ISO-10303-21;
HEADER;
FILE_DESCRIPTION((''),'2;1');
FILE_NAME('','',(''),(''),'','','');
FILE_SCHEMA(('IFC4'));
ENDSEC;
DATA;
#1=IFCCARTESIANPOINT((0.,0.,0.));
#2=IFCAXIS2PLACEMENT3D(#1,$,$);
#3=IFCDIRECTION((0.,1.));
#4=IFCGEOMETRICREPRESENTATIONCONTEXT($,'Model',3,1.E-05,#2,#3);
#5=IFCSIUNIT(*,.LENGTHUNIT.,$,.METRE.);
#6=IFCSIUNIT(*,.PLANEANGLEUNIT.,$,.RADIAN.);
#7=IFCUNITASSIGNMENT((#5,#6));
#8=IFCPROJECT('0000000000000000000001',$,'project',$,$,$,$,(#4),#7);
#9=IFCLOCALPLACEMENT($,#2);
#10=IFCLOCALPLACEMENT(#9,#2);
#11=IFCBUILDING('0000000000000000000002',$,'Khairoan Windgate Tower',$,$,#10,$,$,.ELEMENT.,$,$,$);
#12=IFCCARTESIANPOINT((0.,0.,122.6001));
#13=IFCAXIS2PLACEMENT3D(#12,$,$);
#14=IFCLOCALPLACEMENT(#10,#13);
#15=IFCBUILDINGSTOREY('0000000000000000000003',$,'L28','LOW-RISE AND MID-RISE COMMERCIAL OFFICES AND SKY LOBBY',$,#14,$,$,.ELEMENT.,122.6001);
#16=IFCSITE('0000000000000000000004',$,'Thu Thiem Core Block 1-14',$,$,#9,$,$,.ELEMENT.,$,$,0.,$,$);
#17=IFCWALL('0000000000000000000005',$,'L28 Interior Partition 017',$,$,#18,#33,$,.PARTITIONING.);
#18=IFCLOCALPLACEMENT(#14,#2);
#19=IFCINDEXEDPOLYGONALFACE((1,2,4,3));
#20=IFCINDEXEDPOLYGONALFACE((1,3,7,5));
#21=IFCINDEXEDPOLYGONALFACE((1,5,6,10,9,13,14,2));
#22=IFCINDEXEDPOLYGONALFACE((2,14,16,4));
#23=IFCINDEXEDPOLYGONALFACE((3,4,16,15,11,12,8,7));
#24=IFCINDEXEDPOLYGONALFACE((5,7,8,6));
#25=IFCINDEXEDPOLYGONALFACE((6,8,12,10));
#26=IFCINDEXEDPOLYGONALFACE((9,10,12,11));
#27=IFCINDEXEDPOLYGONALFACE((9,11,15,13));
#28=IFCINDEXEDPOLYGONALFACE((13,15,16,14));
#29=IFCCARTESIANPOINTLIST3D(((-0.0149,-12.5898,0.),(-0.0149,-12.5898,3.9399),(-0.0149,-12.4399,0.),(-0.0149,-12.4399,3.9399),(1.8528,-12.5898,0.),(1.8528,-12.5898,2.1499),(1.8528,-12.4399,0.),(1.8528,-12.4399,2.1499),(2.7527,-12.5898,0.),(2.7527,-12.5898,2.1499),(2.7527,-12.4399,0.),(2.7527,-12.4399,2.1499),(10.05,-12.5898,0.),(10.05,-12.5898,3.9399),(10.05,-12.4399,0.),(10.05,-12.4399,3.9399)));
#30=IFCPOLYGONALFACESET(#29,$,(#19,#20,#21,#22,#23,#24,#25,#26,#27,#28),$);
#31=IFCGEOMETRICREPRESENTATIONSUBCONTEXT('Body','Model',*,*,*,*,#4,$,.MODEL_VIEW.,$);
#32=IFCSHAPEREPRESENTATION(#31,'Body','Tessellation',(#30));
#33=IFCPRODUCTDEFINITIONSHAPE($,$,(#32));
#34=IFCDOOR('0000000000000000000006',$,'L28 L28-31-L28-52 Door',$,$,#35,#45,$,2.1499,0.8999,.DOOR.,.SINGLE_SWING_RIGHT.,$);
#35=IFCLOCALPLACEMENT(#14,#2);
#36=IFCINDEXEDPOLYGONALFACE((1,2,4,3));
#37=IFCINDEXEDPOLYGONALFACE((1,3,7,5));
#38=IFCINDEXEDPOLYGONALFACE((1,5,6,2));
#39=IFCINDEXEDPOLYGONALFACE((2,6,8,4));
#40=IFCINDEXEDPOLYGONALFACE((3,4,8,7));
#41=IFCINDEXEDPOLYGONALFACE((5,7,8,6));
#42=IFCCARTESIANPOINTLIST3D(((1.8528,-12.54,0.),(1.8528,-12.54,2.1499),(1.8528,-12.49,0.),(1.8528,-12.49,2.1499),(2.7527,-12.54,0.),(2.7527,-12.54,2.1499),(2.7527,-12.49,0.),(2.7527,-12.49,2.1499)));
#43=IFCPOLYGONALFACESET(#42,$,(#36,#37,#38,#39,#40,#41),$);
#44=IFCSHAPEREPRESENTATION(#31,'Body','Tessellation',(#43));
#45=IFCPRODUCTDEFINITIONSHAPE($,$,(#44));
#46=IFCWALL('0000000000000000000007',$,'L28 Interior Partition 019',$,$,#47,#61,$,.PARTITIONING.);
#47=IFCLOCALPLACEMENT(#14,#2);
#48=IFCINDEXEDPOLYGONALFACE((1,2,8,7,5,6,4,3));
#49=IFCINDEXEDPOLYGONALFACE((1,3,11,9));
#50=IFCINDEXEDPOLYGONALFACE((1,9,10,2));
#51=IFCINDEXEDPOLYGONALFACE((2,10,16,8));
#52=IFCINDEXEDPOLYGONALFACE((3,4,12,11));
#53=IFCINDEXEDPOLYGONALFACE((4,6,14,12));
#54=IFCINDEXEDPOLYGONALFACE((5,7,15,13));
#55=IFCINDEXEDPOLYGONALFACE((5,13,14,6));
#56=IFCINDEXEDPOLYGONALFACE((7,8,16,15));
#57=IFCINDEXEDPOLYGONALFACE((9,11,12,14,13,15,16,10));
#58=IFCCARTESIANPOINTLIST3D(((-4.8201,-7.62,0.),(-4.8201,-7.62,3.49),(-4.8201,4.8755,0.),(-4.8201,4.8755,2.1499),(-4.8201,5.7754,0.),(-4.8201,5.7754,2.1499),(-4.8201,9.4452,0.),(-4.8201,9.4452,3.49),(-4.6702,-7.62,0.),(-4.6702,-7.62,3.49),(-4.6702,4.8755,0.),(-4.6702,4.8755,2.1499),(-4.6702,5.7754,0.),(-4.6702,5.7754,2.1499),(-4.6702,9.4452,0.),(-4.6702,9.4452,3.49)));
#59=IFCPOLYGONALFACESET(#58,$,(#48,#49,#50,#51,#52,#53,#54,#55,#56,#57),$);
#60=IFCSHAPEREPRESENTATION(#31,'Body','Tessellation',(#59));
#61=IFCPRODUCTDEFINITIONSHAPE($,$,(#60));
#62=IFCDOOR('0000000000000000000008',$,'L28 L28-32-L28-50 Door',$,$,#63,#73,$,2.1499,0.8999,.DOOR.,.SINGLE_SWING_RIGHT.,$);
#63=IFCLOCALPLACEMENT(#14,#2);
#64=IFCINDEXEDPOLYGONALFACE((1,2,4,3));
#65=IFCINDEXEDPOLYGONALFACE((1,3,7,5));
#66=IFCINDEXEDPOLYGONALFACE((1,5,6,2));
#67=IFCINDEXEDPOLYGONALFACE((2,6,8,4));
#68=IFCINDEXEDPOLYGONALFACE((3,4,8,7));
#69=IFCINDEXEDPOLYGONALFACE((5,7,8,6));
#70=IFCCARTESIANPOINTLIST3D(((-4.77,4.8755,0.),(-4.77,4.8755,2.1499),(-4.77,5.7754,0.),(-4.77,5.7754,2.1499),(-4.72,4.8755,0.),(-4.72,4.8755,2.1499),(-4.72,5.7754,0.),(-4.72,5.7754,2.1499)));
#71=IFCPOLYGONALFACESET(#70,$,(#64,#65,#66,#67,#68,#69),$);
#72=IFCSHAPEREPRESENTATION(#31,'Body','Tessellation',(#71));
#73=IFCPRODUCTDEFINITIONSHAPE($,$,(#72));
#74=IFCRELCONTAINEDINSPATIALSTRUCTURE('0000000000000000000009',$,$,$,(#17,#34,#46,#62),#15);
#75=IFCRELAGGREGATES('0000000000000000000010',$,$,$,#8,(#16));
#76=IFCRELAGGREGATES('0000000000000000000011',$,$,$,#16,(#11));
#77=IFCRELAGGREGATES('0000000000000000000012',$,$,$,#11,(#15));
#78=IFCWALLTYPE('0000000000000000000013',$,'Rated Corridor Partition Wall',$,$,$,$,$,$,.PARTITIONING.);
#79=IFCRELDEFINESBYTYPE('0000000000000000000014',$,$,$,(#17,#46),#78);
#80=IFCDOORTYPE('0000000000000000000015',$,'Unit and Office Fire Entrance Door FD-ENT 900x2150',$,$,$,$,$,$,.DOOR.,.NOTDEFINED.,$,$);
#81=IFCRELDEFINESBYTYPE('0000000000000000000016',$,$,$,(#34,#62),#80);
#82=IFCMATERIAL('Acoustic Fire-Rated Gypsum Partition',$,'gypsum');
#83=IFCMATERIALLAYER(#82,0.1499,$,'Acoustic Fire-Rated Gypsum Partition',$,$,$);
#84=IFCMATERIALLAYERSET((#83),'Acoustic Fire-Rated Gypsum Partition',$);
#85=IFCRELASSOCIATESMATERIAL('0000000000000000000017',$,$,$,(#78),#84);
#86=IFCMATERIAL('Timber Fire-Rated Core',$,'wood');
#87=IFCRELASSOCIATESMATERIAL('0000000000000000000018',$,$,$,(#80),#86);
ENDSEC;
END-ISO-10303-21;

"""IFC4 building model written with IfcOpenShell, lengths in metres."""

from ifc_helpers import new_model, si_unit, direction, frame, frame_2d, origin, place, context, subcontext, project, spatial, rectangle, extrude, material, layer, layer_set, type_object, element, fill, save


model = new_model("IFC4")

# Units and contexts
model_context = context("Model", 3, precision=1e-05, world=origin(), true_north=direction((0.0, 1.0)))
body_context = subcontext(model_context, "Body", "Model", "MODEL_VIEW")
ifc_project = project(units=[si_unit("LENGTHUNIT", "METRE"), si_unit("PLANEANGLEUNIT", "RADIAN")], contexts=[model_context])

# Site, building, storey
site_placement = place(None, origin())
site = spatial("IfcSite", under=ifc_project, at=site_placement, Name="Thu Thiem Core Block 1-14", CompositionType="ELEMENT", RefElevation=0.0)
building_placement = place(site_placement, origin())
building = spatial("IfcBuilding", under=site, at=building_placement, Name="Khairoan Windgate Tower", CompositionType="ELEMENT")
storey_placement = place(building_placement, frame((0.0, 0.0, 122.6001)))
storey = spatial("IfcBuildingStorey", under=building, at=storey_placement, Name="L28", Description="LOW-RISE AND MID-RISE COMMERCIAL OFFICES AND SKY LOBBY", CompositionType="ELEMENT", Elevation=122.6001)

# Walls, openings, doors
ifc_material_1 = material(Name="Acoustic Fire-Rated Gypsum Partition", Category="gypsum")
ifc_layer_1 = layer(ifc_material_1, 0.1499, Name="Acoustic Fire-Rated Gypsum Partition")
ifc_layer_set_1 = layer_set([ifc_layer_1], Name="Acoustic Fire-Rated Gypsum Partition")
wall_type_1 = type_object("IfcWallType", Name="Rated Corridor Partition Wall", PredefinedType="PARTITIONING", material=ifc_layer_set_1)
ifc_material_2 = material(Name="Timber Fire-Rated Core", Category="wood")
door_type = type_object("IfcDoorType", Name="Unit and Office Fire Entrance Door FD-ENT 900x2150", OperationType="NOTDEFINED", PredefinedType="DOOR", material=ifc_material_2)
wall_1_placement = place(storey_placement, frame((-0.0149, -12.5149, 0.0), z_axis=(0.0, 0.0, 1.0), x_axis=(1.0, 0.0, 0.0)))
wall_1 = element("IfcWall", 1, at=wall_1_placement, inside=storey, type_object=wall_type_1, Name="L28 Interior Partition 017", PredefinedType="PARTITIONING", context=body_context, shape_type="SweptSolid", body=[
    extrude(rectangle(XDim=10.0649, YDim=0.1499, at=frame_2d((5.0325, 0.0))), origin(), (0.0, 0.0, 1.0), 3.9399),
])
opening_1_placement = place(wall_1_placement, frame((1.8677, 0.0, 0.0)))
opening_1 = element("IfcOpeningElement", 2, at=opening_1_placement, cuts=wall_1, PredefinedType="OPENING", context=body_context, shape_type="SweptSolid", body=[
    extrude(rectangle(XDim=0.8999, YDim=2.1499, at=frame_2d((0.45, 1.075))), frame((0.0, 0.085, 0.0), z_axis=(0.0, -1.0, 0.0), x_axis=(1.0, 0.0, 0.0)), (0.0, 0.0, 1.0), 0.1699),
])
door_1_placement = place(opening_1_placement, origin())
door_1 = element("IfcDoor", 3, at=door_1_placement, inside=storey, type_object=door_type, Name="L28 L28-31-L28-52 Door", OperationType="SINGLE_SWING_RIGHT", OverallHeight=2.1499, OverallWidth=0.8999, PredefinedType="DOOR", context=body_context, shape_type="SweptSolid", body=[
    extrude(rectangle(XDim=0.8999, YDim=2.1499, at=frame_2d((0.45, 1.075))), frame((0.0, 0.0249, 0.0), z_axis=(0.0, -1.0, 0.0), x_axis=(1.0, 0.0, 0.0)), (0.0, 0.0, 1.0), 0.05),
])
fill(opening_1, door_1)
wall_2_placement = place(storey_placement, frame((-4.7451, -7.6201, 0.0), z_axis=(0.0, 0.0, 1.0), x_axis=(0.0, 1.0, 0.0)))
wall_2 = element("IfcWall", 4, at=wall_2_placement, inside=storey, type_object=wall_type_1, Name="L28 Interior Partition 019", PredefinedType="PARTITIONING", context=body_context, shape_type="SweptSolid", body=[
    extrude(rectangle(XDim=17.0652, YDim=0.1499, at=frame_2d((8.5327, 0.0))), origin(), (0.0, 0.0, 1.0), 3.49),
])
opening_2_placement = place(wall_2_placement, frame((12.4956, 0.0, 0.0)))
opening_2 = element("IfcOpeningElement", 5, at=opening_2_placement, cuts=wall_2, PredefinedType="OPENING", context=body_context, shape_type="SweptSolid", body=[
    extrude(rectangle(XDim=0.8999, YDim=2.1499, at=frame_2d((0.45, 1.075))), frame((0.0, 0.085, 0.0), z_axis=(0.0, -1.0, 0.0), x_axis=(1.0, 0.0, 0.0)), (0.0, 0.0, 1.0), 0.1699),
])
door_2_placement = place(opening_2_placement, origin())
door_2 = element("IfcDoor", 6, at=door_2_placement, inside=storey, type_object=door_type, Name="L28 L28-32-L28-50 Door", OperationType="SINGLE_SWING_RIGHT", OverallHeight=2.1499, OverallWidth=0.8999, PredefinedType="DOOR", context=body_context, shape_type="SweptSolid", body=[
    extrude(rectangle(XDim=0.8999, YDim=2.1499, at=frame_2d((0.45, 1.075))), frame((0.0, 0.0249, 0.0), z_axis=(0.0, -1.0, 0.0), x_axis=(1.0, 0.0, 0.0)), (0.0, 0.0, 1.0), 0.05),
])
fill(opening_2, door_2)

save(model, "model.ifc")
